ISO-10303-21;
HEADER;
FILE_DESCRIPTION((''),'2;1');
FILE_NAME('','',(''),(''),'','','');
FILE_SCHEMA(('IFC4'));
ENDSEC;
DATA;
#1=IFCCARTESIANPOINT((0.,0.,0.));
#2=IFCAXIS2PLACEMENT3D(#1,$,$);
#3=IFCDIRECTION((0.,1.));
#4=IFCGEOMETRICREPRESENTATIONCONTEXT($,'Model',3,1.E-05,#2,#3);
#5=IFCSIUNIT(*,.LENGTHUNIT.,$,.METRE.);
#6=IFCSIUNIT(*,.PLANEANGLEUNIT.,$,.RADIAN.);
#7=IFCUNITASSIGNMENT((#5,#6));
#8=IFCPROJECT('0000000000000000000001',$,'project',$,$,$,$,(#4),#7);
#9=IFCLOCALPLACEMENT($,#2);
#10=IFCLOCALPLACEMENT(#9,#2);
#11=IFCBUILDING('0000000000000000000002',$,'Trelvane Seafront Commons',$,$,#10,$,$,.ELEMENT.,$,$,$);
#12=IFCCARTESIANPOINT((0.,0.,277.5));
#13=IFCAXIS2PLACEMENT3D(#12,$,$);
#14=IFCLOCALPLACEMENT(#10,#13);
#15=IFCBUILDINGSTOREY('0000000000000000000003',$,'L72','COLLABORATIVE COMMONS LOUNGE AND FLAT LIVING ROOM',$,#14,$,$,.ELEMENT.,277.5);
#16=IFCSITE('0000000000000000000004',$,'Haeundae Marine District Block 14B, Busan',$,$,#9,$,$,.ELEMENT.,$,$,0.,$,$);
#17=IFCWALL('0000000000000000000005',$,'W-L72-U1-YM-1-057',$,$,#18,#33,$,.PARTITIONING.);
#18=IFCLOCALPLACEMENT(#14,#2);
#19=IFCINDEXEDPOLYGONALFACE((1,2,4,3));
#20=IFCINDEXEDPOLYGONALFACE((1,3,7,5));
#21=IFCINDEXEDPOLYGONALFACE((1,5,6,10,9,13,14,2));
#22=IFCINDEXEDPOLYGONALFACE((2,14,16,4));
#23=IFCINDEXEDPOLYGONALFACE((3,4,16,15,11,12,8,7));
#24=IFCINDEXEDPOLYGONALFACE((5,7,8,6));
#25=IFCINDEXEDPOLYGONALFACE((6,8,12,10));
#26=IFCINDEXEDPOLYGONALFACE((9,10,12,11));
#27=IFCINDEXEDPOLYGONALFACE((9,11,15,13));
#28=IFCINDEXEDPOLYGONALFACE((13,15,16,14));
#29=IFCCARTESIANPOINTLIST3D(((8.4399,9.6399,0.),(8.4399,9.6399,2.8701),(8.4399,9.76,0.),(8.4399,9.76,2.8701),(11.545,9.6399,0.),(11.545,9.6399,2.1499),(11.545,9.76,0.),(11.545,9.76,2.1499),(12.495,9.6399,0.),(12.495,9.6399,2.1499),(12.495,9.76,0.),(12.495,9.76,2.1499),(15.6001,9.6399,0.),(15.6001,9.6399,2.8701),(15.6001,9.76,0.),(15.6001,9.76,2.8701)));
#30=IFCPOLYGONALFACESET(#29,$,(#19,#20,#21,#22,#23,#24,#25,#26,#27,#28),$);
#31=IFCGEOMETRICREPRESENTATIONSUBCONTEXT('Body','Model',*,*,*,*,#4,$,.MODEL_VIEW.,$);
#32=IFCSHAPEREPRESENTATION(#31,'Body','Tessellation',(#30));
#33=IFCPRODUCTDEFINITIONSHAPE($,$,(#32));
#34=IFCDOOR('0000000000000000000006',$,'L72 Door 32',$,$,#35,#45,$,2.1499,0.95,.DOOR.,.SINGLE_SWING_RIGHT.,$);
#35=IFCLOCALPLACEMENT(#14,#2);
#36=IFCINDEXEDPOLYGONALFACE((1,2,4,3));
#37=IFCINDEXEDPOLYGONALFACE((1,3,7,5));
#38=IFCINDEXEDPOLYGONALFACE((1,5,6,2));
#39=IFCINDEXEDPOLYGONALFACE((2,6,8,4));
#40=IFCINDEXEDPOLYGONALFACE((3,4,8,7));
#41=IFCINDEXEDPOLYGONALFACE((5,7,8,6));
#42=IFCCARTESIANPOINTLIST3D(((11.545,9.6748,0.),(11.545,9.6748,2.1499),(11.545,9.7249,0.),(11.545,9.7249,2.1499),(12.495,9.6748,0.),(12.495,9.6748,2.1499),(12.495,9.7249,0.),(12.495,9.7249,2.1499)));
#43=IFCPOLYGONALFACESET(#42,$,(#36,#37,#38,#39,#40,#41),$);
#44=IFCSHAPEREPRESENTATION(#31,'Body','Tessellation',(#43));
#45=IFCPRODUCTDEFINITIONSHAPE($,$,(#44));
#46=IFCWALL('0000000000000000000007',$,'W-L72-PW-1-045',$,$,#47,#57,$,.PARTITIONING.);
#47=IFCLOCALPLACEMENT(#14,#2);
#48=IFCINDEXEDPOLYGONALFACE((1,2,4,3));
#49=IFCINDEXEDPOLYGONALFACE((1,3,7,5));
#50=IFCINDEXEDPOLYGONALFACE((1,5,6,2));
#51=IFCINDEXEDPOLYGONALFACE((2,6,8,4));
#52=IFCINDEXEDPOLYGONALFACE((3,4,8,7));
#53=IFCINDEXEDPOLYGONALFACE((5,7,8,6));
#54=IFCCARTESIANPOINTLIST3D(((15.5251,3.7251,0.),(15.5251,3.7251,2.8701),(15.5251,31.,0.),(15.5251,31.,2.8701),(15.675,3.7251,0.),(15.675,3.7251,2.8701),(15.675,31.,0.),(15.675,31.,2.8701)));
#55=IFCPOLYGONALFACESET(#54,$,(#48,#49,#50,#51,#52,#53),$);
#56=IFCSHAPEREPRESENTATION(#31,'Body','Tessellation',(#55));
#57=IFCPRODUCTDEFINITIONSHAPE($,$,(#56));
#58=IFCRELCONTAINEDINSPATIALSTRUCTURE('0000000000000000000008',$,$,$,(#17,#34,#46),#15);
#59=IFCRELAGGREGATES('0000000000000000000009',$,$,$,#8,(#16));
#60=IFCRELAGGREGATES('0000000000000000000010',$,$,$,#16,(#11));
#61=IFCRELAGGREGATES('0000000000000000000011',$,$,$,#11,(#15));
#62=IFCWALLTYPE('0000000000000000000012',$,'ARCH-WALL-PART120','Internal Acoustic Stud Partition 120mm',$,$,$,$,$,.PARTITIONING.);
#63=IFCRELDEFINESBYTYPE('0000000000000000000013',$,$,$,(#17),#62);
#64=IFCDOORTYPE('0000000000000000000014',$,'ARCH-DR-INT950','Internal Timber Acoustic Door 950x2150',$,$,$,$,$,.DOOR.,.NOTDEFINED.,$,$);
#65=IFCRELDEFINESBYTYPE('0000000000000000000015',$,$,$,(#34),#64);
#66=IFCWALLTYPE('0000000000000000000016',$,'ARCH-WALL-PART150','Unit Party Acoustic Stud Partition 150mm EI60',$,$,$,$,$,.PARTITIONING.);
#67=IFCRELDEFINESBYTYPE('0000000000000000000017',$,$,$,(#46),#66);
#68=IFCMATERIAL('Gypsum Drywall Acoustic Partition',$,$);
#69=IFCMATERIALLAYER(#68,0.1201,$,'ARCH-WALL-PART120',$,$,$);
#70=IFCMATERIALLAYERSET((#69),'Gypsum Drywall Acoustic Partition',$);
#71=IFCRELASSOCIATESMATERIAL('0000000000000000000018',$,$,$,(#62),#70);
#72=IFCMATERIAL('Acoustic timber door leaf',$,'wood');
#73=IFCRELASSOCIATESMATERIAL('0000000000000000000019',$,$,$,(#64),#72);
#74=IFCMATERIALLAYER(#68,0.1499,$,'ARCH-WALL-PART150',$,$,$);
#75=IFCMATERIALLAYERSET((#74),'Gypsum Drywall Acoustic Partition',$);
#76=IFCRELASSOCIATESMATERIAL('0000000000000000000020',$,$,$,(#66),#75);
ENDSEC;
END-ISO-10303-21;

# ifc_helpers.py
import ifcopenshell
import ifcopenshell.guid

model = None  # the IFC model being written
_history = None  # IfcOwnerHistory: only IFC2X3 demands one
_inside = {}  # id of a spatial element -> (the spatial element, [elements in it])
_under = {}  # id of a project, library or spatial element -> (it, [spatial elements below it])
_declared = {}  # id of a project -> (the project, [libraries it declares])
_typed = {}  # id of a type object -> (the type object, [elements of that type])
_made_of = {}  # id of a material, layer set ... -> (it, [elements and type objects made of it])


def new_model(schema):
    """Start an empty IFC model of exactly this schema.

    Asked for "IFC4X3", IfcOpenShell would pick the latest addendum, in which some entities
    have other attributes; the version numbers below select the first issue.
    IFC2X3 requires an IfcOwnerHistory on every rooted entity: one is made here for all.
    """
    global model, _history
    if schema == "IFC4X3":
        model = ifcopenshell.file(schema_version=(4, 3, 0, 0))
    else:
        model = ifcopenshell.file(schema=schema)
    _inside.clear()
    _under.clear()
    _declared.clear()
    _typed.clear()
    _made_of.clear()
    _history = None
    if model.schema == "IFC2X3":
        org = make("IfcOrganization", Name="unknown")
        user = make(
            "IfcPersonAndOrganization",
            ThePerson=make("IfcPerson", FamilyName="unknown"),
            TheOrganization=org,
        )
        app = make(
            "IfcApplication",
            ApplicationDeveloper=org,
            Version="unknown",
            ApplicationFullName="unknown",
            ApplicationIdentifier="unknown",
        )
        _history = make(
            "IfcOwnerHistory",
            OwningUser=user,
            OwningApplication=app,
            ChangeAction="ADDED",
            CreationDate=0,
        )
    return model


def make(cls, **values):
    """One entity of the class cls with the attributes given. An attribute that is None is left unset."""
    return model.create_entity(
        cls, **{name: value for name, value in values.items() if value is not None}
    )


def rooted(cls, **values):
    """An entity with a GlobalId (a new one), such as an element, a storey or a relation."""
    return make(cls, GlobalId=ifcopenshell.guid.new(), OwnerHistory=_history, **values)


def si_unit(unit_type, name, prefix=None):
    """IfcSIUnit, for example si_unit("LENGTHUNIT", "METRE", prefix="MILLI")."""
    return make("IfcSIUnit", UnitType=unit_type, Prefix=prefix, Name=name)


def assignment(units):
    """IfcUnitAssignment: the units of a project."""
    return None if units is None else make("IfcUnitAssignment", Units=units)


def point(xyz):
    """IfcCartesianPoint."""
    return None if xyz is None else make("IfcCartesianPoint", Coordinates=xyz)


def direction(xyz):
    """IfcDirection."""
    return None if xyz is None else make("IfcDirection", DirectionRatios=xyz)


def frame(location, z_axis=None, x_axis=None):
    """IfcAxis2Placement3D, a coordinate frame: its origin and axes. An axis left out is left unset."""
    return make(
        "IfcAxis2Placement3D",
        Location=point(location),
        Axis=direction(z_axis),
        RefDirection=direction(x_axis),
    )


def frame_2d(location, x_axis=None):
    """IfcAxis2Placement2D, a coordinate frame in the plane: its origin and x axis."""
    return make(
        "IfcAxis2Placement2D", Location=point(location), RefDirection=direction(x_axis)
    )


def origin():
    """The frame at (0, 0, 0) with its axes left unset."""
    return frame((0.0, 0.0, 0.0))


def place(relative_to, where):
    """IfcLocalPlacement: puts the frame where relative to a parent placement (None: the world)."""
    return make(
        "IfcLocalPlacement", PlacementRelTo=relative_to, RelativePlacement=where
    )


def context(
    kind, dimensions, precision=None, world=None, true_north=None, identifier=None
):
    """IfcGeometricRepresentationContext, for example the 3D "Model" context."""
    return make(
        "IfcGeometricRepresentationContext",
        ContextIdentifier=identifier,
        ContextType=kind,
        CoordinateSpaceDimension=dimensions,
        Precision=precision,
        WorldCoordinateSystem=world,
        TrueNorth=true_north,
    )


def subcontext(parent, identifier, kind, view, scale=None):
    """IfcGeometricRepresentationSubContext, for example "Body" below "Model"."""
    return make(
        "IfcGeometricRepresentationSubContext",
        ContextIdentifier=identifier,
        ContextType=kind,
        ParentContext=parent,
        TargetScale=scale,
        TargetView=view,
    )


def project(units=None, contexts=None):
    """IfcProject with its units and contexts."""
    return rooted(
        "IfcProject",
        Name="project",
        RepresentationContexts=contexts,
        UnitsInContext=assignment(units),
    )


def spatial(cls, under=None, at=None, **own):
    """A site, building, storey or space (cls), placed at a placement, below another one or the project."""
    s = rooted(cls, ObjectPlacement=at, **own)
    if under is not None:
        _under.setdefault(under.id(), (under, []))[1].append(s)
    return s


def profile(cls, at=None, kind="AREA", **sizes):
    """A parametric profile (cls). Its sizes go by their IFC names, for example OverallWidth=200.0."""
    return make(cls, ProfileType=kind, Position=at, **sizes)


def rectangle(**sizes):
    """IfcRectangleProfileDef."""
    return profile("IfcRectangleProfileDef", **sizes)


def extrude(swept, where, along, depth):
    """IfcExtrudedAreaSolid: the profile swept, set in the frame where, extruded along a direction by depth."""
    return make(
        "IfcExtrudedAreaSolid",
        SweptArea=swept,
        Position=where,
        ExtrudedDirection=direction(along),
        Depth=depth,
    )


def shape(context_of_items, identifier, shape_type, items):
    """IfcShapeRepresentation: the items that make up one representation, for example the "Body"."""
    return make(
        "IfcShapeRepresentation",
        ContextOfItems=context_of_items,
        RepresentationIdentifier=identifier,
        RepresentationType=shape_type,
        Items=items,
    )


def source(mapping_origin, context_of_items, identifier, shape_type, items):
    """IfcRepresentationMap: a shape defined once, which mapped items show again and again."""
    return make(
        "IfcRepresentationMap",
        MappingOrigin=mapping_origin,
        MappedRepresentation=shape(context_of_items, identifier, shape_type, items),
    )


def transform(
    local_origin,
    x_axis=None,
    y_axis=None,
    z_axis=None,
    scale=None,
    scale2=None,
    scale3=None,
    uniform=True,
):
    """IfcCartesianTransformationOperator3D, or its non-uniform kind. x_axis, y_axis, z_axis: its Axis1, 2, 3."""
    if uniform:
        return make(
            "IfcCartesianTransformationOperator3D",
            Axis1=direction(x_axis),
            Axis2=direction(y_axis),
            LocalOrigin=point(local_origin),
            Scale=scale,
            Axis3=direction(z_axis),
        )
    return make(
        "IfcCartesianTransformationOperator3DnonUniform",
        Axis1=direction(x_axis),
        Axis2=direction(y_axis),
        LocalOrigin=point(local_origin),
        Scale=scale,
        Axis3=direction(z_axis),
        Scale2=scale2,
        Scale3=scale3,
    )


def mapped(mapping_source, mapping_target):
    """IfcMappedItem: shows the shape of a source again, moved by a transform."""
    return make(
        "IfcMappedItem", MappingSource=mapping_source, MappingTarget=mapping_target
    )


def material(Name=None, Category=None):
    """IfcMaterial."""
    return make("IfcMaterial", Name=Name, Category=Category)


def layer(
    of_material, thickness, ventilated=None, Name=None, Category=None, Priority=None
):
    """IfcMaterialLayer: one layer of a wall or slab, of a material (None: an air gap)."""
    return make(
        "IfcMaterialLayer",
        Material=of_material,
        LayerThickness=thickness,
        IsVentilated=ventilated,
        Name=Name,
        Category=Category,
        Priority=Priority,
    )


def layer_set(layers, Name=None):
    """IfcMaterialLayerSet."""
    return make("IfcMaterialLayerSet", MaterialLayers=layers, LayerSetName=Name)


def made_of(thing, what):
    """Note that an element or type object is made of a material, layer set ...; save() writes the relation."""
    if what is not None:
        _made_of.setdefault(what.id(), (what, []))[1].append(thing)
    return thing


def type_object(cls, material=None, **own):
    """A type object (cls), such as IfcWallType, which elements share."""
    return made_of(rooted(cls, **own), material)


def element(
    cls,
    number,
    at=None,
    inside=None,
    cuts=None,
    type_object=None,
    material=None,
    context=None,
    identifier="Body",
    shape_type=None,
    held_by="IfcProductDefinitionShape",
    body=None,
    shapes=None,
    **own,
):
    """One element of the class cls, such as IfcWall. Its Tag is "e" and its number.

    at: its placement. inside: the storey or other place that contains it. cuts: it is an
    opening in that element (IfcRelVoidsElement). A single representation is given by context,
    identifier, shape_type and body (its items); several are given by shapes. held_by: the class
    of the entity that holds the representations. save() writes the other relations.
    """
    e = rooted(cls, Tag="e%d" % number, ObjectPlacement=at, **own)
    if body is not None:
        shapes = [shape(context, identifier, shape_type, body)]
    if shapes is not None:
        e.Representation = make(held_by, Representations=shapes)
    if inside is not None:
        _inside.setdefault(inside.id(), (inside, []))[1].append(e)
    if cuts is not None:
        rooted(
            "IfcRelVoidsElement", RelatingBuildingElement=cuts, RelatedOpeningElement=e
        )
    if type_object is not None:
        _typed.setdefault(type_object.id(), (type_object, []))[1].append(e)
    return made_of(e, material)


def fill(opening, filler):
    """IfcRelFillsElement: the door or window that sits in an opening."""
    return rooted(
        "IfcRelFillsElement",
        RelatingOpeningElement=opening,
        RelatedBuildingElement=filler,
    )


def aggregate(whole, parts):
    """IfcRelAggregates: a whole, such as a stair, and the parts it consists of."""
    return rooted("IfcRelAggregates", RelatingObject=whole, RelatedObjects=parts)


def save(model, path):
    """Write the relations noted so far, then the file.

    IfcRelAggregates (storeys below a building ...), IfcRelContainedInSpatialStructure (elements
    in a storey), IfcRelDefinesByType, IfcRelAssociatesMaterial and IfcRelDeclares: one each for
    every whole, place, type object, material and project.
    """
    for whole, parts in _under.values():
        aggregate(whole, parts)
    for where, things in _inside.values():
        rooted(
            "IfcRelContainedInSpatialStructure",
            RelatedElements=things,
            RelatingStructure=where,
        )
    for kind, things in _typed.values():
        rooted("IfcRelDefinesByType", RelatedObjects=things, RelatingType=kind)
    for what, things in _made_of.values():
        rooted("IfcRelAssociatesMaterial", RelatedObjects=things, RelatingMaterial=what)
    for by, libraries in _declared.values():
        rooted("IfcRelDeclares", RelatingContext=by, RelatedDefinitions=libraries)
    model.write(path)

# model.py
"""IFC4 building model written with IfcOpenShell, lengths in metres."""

from ifc_helpers import new_model, si_unit, direction, frame, frame_2d, origin, place, context, subcontext, project, spatial, rectangle, extrude, source, transform, mapped, material, layer, layer_set, type_object, element, fill, save


model = new_model("IFC4")

# Units and contexts
model_context = context("Model", 3, precision=1e-05, world=origin(), true_north=direction((0.0, 1.0)))
body_context = subcontext(model_context, "Body", "Model", "MODEL_VIEW")
ifc_project = project(units=[si_unit("LENGTHUNIT", "METRE"), si_unit("PLANEANGLEUNIT", "RADIAN")], contexts=[model_context])

# Site, building, storey
site_placement = place(None, origin())
site = spatial("IfcSite", under=ifc_project, at=site_placement, Name="Haeundae Marine District Block 14B, Busan", CompositionType="ELEMENT", RefElevation=0.0)
building_placement = place(site_placement, origin())
building = spatial("IfcBuilding", under=site, at=building_placement, Name="Trelvane Seafront Commons", CompositionType="ELEMENT")
storey_placement = place(building_placement, frame((0.0, 0.0, 277.5)))
storey = spatial("IfcBuildingStorey", under=building, at=storey_placement, Name="L72", Description="COLLABORATIVE COMMONS LOUNGE AND FLAT LIVING ROOM", CompositionType="ELEMENT", Elevation=277.5)

# Wall, opening, door
ifc_material_1 = material(Name="Gypsum Drywall Acoustic Partition")
ifc_layer_1 = layer(ifc_material_1, 0.1201, Name="ARCH-WALL-PART120")
ifc_layer_set_1 = layer_set([ifc_layer_1], Name="Gypsum Drywall Acoustic Partition")
wall_type_1 = type_object("IfcWallType", Name="ARCH-WALL-PART120", Description="Internal Acoustic Stud Partition 120mm", PredefinedType="PARTITIONING", material=ifc_layer_set_1)
wall_1_placement = place(storey_placement, frame((8.4399, 9.7, 0.0), z_axis=(0.0, 0.0, 1.0), x_axis=(1.0, 0.0, 0.0)))
wall_1 = element("IfcWall", 1, at=wall_1_placement, inside=storey, type_object=wall_type_1, Name="W-L72-U1-YM-1-057", PredefinedType="PARTITIONING", context=body_context, shape_type="SweptSolid", body=[
    extrude(rectangle(XDim=7.1602, YDim=0.1201, at=frame_2d((3.5801, 0.0))), origin(), (0.0, 0.0, 1.0), 2.8701),
])
opening_1_placement = place(wall_1_placement, frame((3.105, 0.0, 0.0)))
opening_1 = element("IfcOpeningElement", 2, at=opening_1_placement, cuts=wall_1, PredefinedType="OPENING", context=body_context, shape_type="SweptSolid", body=[
    extrude(rectangle(XDim=0.95, YDim=2.1499, at=frame_2d((0.4751, 1.075))), frame((0.0, 0.0701, 0.0), z_axis=(0.0, -1.0, 0.0), x_axis=(1.0, 0.0, 0.0)), (0.0, 0.0, 1.0), 0.1401),
])
ifc_material_2 = material(Name="Acoustic timber door leaf", Category="wood")
door_type = type_object("IfcDoorType", Name="ARCH-DR-INT950", Description="Internal Timber Acoustic Door 950x2150", OperationType="NOTDEFINED", PredefinedType="DOOR", material=ifc_material_2)
shared_shape_1 = source(origin(), body_context, "Body", "SweptSolid", [
    extrude(rectangle(XDim=0.95, YDim=2.1499, at=frame_2d((0.4751, 1.075))), frame((0.0, 0.0249, 0.0), z_axis=(0.0, -1.0, 0.0), x_axis=(1.0, 0.0, 0.0)), (0.0, 0.0, 1.0), 0.05),
])
door_placement = place(opening_1_placement, origin())
door = element("IfcDoor", 3, at=door_placement, inside=storey, type_object=door_type, Name="L72 Door 32", OperationType="SINGLE_SWING_RIGHT", OverallHeight=2.1499, OverallWidth=0.95, PredefinedType="DOOR", context=body_context, shape_type="MappedRepresentation", body=[
    mapped(shared_shape_1, transform((0.0, 0.0, 0.0), x_axis=(1.0, 0.0, 0.0), y_axis=(0.0, 1.0, 0.0), z_axis=(0.0, 0.0, 1.0), scale=1.0)),
])
fill(opening_1, door)

# Wall
ifc_layer_2 = layer(ifc_material_1, 0.1499, Name="ARCH-WALL-PART150")
ifc_layer_set_2 = layer_set([ifc_layer_2], Name="Gypsum Drywall Acoustic Partition")
wall_type_2 = type_object("IfcWallType", Name="ARCH-WALL-PART150", Description="Unit Party Acoustic Stud Partition 150mm EI60", PredefinedType="PARTITIONING", material=ifc_layer_set_2)
wall_2_placement = place(storey_placement, frame((15.6001, 3.7251, 0.0), z_axis=(0.0, 0.0, 1.0), x_axis=(0.0, 1.0, 0.0)))
element("IfcWall", 4, at=wall_2_placement, inside=storey, type_object=wall_type_2, Name="W-L72-PW-1-045", PredefinedType="PARTITIONING", context=body_context, shape_type="SweptSolid", body=[
    extrude(rectangle(XDim=27.2749, YDim=0.1499, at=frame_2d((13.6375, 0.0))), origin(), (0.0, 0.0, 1.0), 2.8701),
])

save(model, "model.ifc")
